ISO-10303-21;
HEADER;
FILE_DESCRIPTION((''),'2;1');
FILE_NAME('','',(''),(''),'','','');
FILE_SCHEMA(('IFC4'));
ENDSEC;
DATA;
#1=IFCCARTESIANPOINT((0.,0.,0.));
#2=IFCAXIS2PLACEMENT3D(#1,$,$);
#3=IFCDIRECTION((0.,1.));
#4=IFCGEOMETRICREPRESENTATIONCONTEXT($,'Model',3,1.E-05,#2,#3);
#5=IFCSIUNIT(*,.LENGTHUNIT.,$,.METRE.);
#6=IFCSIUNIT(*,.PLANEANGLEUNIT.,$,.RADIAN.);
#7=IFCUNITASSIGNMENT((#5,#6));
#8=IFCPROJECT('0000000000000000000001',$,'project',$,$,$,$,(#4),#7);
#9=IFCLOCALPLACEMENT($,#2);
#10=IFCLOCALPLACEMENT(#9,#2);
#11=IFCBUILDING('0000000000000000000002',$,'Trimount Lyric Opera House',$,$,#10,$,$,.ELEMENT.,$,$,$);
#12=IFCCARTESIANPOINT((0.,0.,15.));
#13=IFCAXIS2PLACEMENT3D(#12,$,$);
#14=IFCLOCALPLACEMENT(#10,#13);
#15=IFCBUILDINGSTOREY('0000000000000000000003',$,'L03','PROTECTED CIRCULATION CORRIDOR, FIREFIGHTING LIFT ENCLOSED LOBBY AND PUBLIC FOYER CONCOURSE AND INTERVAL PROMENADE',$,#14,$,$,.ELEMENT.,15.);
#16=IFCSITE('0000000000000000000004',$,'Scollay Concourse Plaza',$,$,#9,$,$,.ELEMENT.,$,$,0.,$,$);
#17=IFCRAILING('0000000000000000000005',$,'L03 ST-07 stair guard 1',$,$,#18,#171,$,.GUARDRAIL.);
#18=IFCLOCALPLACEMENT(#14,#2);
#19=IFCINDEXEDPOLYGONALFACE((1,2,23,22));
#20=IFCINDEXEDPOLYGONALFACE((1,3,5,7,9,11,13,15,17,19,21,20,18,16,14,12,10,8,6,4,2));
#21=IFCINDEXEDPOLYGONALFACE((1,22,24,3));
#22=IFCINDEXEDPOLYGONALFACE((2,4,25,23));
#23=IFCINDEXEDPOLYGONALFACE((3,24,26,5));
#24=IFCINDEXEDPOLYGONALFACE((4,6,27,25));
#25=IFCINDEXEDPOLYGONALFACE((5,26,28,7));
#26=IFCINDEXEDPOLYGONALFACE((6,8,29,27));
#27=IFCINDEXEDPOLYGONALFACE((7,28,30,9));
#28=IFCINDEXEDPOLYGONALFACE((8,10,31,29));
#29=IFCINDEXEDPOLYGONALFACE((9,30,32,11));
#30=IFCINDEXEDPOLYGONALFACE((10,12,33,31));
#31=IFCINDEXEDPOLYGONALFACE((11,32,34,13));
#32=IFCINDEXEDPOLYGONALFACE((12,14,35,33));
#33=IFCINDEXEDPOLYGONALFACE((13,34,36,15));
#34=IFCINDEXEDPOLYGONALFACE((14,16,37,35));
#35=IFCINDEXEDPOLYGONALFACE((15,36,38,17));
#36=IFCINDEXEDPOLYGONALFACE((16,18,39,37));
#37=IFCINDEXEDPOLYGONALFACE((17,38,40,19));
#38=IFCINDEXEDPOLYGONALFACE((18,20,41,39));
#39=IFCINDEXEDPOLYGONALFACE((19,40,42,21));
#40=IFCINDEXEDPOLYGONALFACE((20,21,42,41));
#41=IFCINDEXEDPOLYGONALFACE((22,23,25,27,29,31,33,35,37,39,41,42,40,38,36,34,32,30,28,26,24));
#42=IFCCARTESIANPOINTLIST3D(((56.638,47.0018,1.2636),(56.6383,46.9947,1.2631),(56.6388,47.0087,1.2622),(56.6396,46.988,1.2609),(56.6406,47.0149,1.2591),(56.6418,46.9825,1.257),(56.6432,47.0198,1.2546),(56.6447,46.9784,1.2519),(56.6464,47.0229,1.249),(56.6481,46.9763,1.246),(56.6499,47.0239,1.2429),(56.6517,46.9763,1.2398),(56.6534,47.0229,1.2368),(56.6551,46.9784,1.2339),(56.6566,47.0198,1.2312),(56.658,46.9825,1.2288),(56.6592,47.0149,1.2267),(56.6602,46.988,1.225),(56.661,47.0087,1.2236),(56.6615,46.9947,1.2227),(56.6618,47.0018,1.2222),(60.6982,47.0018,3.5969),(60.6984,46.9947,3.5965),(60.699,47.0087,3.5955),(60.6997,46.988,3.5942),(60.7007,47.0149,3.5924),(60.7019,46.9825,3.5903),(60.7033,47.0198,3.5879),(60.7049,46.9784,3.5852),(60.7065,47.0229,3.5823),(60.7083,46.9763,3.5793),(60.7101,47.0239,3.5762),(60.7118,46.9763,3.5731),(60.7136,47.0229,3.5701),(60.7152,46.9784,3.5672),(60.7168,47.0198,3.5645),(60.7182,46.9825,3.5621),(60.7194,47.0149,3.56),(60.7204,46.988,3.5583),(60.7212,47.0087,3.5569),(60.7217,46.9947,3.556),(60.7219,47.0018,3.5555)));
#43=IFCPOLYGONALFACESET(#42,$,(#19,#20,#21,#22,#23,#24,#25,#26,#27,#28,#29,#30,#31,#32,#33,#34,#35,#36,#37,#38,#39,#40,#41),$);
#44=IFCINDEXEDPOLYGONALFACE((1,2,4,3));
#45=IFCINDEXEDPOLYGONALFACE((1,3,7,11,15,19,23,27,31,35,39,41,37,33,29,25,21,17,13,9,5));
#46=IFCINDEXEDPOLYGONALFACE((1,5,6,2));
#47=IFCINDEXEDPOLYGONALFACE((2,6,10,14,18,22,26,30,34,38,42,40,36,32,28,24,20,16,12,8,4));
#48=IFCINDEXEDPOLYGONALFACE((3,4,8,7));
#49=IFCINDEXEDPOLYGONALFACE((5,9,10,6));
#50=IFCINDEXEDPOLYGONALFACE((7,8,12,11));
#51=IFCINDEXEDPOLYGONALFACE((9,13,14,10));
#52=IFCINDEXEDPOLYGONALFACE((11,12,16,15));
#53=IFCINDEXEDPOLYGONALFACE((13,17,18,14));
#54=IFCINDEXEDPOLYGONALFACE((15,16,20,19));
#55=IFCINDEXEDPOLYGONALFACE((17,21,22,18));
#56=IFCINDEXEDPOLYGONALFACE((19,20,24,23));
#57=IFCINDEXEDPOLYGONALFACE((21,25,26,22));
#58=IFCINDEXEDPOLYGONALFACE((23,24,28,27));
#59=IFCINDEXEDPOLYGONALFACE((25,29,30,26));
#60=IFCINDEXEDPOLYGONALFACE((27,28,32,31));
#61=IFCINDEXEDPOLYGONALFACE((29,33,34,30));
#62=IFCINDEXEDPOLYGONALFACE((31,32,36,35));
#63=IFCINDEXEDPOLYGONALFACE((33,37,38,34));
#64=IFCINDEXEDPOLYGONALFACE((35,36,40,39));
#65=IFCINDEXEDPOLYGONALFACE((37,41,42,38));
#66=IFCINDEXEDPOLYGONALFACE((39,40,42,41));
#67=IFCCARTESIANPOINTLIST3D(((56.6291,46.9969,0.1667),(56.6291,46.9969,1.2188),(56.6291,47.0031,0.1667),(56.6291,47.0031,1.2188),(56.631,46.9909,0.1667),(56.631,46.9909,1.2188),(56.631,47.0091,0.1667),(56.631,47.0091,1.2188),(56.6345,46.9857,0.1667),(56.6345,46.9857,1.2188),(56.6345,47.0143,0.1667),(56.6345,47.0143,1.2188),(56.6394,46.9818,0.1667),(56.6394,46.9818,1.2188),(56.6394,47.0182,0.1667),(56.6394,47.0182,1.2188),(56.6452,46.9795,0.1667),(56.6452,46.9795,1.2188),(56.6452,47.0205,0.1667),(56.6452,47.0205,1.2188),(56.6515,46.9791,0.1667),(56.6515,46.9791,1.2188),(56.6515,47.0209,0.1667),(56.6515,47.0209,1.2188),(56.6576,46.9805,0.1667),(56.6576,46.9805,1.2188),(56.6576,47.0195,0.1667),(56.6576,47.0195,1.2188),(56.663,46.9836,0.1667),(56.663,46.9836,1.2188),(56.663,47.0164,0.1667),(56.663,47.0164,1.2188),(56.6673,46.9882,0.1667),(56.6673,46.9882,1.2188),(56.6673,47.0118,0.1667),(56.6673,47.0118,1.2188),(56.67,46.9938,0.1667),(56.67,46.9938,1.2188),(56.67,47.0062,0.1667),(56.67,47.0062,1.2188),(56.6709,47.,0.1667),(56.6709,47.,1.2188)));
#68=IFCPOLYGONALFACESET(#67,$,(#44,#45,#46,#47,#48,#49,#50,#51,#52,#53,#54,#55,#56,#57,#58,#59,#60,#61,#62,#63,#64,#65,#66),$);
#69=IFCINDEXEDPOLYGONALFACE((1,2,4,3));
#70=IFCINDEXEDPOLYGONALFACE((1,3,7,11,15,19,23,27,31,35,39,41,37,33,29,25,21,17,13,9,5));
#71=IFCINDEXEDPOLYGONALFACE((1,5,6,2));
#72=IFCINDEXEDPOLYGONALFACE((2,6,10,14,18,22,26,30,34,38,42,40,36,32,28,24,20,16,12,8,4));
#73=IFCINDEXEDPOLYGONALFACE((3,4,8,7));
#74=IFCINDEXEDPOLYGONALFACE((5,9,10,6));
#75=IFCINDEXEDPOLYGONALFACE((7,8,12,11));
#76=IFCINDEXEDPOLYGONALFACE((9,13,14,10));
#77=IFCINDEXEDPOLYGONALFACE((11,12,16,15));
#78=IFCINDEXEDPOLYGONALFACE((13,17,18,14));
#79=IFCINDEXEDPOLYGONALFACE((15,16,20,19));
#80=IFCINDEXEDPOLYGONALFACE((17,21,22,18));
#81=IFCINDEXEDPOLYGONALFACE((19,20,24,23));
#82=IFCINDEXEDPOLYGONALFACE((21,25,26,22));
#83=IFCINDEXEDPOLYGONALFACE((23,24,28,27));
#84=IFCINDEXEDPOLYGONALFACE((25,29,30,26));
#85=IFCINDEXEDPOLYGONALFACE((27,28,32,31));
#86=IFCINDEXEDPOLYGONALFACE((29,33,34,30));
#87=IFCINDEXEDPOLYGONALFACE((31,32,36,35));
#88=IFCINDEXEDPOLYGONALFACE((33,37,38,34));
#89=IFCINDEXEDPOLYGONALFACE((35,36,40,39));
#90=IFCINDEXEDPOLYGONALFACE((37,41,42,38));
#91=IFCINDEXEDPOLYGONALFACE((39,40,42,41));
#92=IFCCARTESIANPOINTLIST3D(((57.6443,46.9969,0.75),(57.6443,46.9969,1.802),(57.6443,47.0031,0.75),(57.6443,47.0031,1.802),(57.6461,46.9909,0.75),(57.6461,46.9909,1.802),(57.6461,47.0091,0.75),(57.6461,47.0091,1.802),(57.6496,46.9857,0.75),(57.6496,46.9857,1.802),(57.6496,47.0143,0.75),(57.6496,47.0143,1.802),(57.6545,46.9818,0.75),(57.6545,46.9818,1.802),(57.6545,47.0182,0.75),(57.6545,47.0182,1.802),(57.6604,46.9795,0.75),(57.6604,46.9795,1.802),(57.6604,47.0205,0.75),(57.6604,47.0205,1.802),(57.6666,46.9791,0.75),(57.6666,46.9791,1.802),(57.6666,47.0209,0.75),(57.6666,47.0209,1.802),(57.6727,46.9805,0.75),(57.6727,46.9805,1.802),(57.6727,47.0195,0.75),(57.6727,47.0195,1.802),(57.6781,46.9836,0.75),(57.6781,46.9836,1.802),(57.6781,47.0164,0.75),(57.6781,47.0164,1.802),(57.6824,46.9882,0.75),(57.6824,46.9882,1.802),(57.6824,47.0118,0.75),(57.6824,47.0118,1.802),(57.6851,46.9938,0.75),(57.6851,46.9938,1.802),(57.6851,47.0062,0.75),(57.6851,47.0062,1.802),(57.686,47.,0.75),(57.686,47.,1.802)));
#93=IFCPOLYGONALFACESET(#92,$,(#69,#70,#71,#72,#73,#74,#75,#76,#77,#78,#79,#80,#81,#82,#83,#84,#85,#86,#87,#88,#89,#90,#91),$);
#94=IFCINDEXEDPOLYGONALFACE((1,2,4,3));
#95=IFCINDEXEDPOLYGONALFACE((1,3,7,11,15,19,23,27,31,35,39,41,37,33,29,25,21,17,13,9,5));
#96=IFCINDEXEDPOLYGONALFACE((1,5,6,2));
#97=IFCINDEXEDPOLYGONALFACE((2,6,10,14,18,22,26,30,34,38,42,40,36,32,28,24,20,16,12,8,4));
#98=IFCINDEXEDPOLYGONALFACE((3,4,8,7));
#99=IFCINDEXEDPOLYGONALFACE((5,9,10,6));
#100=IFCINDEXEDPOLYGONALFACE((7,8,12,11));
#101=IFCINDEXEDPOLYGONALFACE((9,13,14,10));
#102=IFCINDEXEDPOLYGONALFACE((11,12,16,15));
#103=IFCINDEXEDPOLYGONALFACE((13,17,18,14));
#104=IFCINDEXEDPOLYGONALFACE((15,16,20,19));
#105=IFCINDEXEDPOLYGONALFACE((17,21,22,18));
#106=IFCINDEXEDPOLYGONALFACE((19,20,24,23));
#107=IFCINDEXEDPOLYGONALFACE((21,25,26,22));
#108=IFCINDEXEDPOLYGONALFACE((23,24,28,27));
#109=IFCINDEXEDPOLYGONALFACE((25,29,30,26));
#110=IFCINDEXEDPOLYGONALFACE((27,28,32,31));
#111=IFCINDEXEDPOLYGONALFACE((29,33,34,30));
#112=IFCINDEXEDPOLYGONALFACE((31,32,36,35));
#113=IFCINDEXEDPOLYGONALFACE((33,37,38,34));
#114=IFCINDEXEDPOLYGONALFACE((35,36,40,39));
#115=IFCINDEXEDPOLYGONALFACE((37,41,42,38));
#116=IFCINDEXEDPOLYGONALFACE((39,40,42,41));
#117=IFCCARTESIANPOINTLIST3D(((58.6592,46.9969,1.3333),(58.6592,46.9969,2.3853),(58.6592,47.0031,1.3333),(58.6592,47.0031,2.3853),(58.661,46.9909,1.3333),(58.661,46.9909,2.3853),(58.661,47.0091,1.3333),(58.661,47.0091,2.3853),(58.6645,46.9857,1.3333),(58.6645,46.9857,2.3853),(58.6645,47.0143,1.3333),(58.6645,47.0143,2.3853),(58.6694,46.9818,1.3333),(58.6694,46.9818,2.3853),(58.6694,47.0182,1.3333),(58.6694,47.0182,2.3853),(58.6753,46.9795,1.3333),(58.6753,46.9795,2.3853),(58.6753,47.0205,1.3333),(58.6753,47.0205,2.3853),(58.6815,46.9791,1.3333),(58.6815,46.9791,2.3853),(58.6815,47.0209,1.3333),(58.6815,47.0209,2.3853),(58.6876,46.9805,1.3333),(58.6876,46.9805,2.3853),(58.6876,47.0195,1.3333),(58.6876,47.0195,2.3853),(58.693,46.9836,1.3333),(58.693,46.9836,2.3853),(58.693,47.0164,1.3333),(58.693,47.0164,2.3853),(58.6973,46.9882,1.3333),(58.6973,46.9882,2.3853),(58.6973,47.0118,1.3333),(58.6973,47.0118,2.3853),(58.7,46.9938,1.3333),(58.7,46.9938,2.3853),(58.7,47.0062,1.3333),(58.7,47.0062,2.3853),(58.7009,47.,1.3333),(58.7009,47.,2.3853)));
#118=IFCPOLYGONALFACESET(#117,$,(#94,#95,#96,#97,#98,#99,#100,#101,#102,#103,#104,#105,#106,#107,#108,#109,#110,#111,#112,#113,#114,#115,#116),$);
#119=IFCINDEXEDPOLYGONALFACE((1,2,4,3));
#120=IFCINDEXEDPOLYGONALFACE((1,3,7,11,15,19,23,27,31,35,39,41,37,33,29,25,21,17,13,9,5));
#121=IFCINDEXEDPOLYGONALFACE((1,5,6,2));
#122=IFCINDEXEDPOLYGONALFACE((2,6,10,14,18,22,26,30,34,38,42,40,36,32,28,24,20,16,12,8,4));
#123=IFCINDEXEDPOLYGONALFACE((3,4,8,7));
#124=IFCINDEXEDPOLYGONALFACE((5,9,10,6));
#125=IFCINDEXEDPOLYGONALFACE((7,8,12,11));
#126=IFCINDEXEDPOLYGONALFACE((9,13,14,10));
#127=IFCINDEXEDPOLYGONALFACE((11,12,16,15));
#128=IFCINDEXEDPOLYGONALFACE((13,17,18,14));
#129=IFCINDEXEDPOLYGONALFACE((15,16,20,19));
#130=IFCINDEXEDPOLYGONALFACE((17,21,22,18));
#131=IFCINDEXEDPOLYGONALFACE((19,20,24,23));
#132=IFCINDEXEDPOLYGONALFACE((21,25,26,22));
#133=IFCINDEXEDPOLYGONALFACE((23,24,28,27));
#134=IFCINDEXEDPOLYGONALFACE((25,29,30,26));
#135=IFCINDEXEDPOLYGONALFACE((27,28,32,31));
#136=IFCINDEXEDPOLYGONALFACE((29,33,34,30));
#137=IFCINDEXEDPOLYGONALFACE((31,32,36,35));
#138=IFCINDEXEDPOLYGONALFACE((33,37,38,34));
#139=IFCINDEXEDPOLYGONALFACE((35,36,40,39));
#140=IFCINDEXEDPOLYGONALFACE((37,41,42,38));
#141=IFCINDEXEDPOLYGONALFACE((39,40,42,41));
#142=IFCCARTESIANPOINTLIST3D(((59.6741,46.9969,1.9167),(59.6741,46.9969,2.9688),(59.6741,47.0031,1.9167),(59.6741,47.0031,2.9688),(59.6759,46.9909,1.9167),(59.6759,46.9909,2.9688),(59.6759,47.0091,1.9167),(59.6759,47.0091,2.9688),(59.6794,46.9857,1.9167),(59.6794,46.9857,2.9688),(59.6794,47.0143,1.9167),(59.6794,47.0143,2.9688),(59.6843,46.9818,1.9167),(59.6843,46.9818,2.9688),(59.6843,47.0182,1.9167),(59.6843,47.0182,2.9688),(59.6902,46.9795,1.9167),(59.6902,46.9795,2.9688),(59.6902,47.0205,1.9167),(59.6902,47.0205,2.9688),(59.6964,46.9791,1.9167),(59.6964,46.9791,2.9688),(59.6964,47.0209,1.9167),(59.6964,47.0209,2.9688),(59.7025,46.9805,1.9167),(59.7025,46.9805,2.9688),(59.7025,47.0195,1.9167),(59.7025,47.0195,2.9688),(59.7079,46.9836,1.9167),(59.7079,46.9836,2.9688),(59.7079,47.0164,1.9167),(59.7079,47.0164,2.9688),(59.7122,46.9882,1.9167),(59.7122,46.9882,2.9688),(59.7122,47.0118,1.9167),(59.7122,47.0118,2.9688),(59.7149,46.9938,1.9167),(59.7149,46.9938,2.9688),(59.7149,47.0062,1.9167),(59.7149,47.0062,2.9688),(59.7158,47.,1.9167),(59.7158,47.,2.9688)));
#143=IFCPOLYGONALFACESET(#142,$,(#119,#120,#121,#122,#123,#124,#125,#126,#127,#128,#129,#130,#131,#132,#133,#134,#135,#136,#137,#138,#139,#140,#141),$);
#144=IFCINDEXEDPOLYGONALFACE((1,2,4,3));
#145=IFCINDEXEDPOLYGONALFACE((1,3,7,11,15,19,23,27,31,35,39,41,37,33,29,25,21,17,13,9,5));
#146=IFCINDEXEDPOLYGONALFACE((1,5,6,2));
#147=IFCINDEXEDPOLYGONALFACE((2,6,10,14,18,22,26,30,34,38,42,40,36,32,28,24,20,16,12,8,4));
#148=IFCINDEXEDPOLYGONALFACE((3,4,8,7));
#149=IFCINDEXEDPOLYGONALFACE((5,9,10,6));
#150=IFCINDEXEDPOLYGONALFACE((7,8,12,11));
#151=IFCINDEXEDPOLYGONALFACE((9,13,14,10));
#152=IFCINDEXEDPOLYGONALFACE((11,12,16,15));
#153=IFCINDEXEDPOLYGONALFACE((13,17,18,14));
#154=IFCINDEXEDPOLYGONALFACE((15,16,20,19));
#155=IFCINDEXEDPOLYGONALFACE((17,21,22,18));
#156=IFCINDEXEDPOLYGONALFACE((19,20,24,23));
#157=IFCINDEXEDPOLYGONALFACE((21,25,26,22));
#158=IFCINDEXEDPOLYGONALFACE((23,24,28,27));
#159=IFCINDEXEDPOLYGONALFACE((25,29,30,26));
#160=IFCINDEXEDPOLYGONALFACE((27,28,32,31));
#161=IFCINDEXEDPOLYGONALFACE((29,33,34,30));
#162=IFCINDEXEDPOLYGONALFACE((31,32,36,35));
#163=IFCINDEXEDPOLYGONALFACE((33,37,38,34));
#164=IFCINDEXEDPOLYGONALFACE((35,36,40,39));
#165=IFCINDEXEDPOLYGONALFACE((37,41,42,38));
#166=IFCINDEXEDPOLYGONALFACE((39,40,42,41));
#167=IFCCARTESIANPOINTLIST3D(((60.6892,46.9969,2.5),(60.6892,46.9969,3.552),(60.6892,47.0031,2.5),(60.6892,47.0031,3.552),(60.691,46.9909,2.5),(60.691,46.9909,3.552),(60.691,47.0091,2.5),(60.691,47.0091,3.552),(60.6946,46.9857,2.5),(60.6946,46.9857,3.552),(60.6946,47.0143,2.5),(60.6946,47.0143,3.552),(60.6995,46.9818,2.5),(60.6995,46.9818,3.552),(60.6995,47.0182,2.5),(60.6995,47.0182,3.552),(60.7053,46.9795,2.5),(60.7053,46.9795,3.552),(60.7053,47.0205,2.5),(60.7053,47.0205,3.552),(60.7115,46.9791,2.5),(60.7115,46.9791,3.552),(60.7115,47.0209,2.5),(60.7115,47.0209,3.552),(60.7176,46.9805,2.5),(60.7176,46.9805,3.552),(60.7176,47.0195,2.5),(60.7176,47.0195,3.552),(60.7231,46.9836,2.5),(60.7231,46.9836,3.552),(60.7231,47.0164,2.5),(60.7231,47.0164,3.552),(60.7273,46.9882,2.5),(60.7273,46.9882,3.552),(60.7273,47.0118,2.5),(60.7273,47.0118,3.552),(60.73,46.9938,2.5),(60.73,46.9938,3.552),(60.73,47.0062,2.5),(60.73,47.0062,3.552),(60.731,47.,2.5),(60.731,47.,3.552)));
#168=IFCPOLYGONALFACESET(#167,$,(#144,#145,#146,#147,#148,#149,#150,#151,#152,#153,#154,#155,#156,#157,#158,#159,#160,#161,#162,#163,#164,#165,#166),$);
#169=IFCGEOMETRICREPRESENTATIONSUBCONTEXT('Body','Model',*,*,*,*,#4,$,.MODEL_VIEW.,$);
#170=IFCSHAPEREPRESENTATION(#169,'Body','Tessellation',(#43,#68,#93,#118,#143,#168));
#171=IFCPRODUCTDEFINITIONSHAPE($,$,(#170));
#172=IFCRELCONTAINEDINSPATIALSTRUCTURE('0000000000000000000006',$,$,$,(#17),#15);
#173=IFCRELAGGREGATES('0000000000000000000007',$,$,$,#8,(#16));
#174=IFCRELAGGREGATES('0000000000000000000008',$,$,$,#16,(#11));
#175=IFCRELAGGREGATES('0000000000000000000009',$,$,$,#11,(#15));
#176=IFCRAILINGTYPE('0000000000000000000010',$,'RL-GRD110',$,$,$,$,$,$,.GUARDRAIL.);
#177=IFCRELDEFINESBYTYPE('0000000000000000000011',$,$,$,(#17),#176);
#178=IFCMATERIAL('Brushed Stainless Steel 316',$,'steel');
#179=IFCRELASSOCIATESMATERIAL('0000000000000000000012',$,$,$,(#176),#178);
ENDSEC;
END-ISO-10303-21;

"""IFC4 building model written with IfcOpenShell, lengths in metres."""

from ifc_helpers import new_model, si_unit, direction, frame, origin, origin_2d, place, context, subcontext, project, spatial, circle, extrude, material, type_object, element, save


model = new_model("IFC4")

# Units and contexts
model_context = context("Model", 3, precision=1e-05, world=origin(), true_north=direction((0.0, 1.0)))
body_context = subcontext(model_context, "Body", "Model", "MODEL_VIEW")
ifc_project = project(units=[si_unit("LENGTHUNIT", "METRE"), si_unit("PLANEANGLEUNIT", "RADIAN")], contexts=[model_context])

# Site, building, storey
site_placement = place(None, origin())
site = spatial("IfcSite", under=ifc_project, at=site_placement, Name="Scollay Concourse Plaza", CompositionType="ELEMENT", RefElevation=0.0)
building_placement = place(site_placement, origin())
building = spatial("IfcBuilding", under=site, at=building_placement, Name="Trimount Lyric Opera House", CompositionType="ELEMENT")
storey_placement = place(building_placement, frame((0.0, 0.0, 15.0)))
storey = spatial("IfcBuildingStorey", under=building, at=storey_placement, Name="L03", Description="PROTECTED CIRCULATION CORRIDOR, FIREFIGHTING LIFT ENCLOSED LOBBY AND PUBLIC FOYER CONCOURSE AND INTERVAL PROMENADE", CompositionType="ELEMENT", Elevation=15.0)

# Railing
ifc_material_1 = material(Name="Brushed Stainless Steel 316", Category="steel")
railing_type_1 = type_object("IfcRailingType", Name="RL-GRD110", PredefinedType="GUARDRAIL", material=ifc_material_1)
railing_1_placement = place(storey_placement, frame((56.6499, 47.0, 0.1667)))
element("IfcRailing", 1, at=railing_1_placement, inside=storey, type_object=railing_type_1, Name="L03 ST-07 stair guard 1", PredefinedType="GUARDRAIL", context=body_context, shape_type="SweptSolid", body=[
    extrude(circle(Radius=0.0239, at=origin_2d()), frame((0.0, 0.0, 1.0762), z_axis=(0.867025, 0.0, 0.498265), x_axis=(0.0, 1.0, 0.0)), (0.0, 0.0, 1.0), 4.6829),
    extrude(circle(Radius=0.021, at=origin_2d()), origin(), (0.0, 0.0, 1.0), 1.052),
    extrude(circle(Radius=0.021, at=origin_2d()), frame((1.0151, 0.0, 0.5833)), (0.0, 0.0, 1.0), 1.052),
    extrude(circle(Radius=0.021, at=origin_2d()), frame((2.03, 0.0, 1.1665)), (0.0, 0.0, 1.0), 1.052),
    extrude(circle(Radius=0.021, at=origin_2d()), frame((3.0449, 0.0, 1.75)), (0.0, 0.0, 1.0), 1.052),
    extrude(circle(Radius=0.021, at=origin_2d()), frame((4.0601, 0.0, 2.3333)), (0.0, 0.0, 1.0), 1.052),
])

save(model, "model.ifc")
